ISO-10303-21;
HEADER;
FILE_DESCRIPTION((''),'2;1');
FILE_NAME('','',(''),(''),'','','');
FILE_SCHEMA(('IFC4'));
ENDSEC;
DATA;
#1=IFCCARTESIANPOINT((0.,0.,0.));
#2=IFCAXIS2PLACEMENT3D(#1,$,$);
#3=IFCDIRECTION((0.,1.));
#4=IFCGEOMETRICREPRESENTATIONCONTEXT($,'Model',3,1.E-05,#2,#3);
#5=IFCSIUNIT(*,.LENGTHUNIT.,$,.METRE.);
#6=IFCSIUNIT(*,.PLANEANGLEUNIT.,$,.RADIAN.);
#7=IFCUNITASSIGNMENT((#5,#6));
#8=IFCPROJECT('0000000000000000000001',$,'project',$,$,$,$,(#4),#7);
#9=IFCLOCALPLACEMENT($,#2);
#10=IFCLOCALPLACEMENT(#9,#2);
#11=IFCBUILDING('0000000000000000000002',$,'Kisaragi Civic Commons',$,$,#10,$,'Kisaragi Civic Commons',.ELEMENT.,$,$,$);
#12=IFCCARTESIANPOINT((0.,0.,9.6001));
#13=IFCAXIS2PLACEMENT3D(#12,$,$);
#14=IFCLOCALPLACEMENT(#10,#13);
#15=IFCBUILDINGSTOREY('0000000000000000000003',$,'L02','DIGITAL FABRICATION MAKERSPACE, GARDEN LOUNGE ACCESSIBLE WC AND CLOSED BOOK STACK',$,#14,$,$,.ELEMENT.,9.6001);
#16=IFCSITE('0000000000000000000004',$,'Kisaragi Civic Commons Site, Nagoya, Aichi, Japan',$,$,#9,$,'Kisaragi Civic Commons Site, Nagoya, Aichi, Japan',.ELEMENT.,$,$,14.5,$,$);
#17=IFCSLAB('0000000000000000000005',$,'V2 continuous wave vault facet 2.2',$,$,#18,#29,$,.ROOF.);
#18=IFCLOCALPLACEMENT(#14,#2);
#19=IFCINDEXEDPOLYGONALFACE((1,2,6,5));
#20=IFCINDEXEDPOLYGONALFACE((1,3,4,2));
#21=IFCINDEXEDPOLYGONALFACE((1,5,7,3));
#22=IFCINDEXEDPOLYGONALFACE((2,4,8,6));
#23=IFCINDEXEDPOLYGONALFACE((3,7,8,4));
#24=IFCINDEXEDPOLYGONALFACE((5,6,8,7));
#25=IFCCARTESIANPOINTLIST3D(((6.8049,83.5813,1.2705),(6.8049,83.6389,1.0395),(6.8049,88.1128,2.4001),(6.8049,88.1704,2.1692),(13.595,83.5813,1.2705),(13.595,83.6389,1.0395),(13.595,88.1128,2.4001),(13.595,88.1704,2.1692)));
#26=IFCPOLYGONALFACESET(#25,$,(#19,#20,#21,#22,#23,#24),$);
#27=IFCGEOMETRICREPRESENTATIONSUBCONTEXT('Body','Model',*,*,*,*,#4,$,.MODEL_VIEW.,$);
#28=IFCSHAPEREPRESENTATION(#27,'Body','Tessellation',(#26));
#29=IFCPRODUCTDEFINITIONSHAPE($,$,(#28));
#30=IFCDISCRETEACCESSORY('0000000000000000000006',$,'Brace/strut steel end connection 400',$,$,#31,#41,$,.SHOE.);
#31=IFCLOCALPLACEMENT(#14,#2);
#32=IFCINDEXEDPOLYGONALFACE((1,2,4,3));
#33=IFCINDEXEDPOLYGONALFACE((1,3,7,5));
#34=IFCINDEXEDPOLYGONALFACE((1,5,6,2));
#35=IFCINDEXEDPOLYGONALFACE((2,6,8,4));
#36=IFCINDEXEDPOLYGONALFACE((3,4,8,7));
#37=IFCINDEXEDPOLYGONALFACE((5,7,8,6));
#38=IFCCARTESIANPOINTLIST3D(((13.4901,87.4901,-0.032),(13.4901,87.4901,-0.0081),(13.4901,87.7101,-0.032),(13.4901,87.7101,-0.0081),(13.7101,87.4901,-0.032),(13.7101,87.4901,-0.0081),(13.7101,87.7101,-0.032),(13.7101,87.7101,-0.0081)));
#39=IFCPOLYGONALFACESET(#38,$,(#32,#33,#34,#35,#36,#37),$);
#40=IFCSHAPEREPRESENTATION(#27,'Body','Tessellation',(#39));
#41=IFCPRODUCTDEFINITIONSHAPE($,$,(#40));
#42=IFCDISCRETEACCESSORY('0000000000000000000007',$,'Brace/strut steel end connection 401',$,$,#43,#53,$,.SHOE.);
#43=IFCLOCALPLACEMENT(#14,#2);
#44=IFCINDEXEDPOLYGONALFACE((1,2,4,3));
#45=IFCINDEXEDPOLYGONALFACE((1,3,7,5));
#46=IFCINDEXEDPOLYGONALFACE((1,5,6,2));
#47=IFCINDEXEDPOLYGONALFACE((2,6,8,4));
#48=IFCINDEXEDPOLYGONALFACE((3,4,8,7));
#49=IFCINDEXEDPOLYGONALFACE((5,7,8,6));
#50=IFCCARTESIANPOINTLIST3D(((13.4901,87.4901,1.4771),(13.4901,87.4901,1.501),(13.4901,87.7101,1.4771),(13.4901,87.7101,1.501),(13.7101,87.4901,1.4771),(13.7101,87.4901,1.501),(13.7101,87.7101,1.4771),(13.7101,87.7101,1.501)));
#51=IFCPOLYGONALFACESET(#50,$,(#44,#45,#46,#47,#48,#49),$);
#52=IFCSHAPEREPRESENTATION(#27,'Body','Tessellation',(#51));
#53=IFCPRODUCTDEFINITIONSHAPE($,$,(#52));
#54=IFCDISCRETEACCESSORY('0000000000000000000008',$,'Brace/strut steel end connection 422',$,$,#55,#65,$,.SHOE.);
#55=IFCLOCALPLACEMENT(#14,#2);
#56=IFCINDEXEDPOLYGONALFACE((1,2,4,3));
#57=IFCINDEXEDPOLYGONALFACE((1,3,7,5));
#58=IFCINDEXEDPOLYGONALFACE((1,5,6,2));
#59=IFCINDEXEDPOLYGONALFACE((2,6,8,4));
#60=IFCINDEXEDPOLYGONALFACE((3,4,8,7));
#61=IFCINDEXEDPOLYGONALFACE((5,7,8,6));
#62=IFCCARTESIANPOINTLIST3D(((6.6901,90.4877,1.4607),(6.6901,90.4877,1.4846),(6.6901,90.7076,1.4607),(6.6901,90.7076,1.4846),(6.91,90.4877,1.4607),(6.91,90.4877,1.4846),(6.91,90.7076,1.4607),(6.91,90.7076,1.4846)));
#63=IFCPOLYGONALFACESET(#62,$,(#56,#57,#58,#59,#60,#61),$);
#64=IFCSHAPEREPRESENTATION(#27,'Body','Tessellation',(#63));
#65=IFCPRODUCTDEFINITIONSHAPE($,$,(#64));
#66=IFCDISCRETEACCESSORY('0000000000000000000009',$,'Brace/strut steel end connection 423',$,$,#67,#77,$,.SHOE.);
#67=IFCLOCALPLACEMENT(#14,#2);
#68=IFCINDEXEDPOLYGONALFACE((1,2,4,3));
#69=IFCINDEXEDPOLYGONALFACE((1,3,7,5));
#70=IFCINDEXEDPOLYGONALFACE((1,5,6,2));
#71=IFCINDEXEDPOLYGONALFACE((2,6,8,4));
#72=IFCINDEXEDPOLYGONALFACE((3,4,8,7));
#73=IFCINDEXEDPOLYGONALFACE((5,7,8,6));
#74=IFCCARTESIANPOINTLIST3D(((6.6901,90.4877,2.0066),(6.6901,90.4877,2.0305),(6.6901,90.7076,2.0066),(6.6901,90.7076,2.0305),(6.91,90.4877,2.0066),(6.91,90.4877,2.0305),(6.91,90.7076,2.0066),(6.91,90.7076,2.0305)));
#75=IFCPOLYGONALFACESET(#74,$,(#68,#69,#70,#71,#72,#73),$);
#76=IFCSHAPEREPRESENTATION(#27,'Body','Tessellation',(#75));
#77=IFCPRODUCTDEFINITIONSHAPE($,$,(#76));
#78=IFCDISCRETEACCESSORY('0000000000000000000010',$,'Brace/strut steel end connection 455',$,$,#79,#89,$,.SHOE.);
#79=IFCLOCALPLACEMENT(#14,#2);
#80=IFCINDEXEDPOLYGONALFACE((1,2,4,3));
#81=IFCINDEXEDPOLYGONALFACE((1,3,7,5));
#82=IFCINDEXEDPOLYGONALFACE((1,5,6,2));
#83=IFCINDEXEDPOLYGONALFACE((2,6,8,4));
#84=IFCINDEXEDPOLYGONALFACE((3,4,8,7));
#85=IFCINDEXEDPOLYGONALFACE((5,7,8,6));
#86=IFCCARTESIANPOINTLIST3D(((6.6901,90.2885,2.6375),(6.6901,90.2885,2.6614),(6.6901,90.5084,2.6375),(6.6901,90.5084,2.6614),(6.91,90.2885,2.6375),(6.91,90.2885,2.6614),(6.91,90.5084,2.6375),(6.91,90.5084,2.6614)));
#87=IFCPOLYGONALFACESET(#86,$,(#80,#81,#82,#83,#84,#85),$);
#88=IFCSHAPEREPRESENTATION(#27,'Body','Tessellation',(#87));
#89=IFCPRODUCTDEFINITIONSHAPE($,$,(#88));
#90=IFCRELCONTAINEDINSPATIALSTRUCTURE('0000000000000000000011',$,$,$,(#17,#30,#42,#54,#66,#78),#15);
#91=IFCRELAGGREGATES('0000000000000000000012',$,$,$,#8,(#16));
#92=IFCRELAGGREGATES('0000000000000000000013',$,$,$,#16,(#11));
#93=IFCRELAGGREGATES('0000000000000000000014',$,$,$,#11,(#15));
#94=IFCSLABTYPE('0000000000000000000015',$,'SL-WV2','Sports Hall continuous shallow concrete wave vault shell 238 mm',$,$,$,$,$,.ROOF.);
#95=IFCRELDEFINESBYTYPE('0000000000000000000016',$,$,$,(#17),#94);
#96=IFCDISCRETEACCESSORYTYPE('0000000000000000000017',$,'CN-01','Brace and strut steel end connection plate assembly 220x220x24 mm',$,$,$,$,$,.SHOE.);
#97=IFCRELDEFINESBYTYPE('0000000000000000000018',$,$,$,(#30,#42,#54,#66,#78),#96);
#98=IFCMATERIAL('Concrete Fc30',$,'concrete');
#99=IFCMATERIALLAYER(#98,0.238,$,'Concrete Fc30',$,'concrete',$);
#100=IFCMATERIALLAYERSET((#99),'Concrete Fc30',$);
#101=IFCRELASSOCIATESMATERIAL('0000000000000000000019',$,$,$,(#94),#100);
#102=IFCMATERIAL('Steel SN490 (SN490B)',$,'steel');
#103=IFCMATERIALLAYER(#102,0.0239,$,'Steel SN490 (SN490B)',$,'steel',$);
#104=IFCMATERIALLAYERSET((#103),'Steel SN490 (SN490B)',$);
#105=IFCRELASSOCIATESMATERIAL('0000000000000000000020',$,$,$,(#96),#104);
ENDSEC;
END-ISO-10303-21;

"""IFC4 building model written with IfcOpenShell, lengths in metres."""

from ifc_helpers import new_model, si_unit, direction, frame, origin, origin_2d, place, context, subcontext, project, spatial, polyline, rectangle, outline, extrude, material, layer, layer_set, type_object, element, save


model = new_model("IFC4")

# Units and contexts
model_context = context("Model", 3, precision=1e-05, world=origin(), true_north=direction((0.0, 1.0)))
body_context = subcontext(model_context, "Body", "Model", "MODEL_VIEW")
ifc_project = project(units=[si_unit("LENGTHUNIT", "METRE"), si_unit("PLANEANGLEUNIT", "RADIAN")], contexts=[model_context])

# Site, building, storey
site_placement = place(None, origin())
site = spatial("IfcSite", under=ifc_project, at=site_placement, Name="Kisaragi Civic Commons Site, Nagoya, Aichi, Japan", LongName="Kisaragi Civic Commons Site, Nagoya, Aichi, Japan", CompositionType="ELEMENT", RefElevation=14.5)
building_placement = place(site_placement, origin())
building = spatial("IfcBuilding", under=site, at=building_placement, Name="Kisaragi Civic Commons", LongName="Kisaragi Civic Commons", CompositionType="ELEMENT")
storey_placement = place(building_placement, frame((0.0, 0.0, 9.6001)))
storey = spatial("IfcBuildingStorey", under=building, at=storey_placement, Name="L02", Description="DIGITAL FABRICATION MAKERSPACE, GARDEN LOUNGE ACCESSIBLE WC AND CLOSED BOOK STACK", CompositionType="ELEMENT", Elevation=9.6001)

# Shared definitions
ifc_material_1 = material(Name="Steel SN490 (SN490B)", Category="steel")

# Slab
ifc_material_2 = material(Name="Concrete Fc30", Category="concrete")
ifc_layer_1 = layer(ifc_material_2, 0.238, Name="Concrete Fc30", Category="concrete")
ifc_layer_set_1 = layer_set([ifc_layer_1], Name="Concrete Fc30")
slab_type = type_object("IfcSlabType", Name="SL-WV2", Description="Sports Hall continuous shallow concrete wave vault shell 238 mm", PredefinedType="ROOF", material=ifc_layer_set_1)
slab_placement = place(storey_placement, frame((13.595, 88.1128, 2.4001), z_axis=(0.0, -0.241884, 0.970305), x_axis=(-1.0, 0.0, 0.0)))
element("IfcSlab", 1, at=slab_placement, inside=storey, type_object=slab_type, Name="V2 continuous wave vault facet 2.2", PredefinedType="ROOF", context=body_context, shape_type="SweptSolid", body=[
    extrude(outline(polyline([(0.0, 0.0), (6.79, 0.0), (6.79, 4.6702), (0.0, 4.6702), (0.0, 0.0)])), origin(), (0.0, 0.0, -1.0), 0.238),
])

# Discrete accessories
ifc_layer_2 = layer(ifc_material_1, 0.0239, Name="Steel SN490 (SN490B)", Category="steel")
ifc_layer_set_2 = layer_set([ifc_layer_2], Name="Steel SN490 (SN490B)")
discrete_accessory_type = type_object("IfcDiscreteAccessoryType", Name="CN-01", Description="Brace and strut steel end connection plate assembly 220x220x24 mm", PredefinedType="SHOE", material=ifc_layer_set_2)
for number, where, z_axis, x_axis, name in (
    (2, (13.6001, 87.6001, -0.032), (0.0, 0.0, 1.0), (1.0, 0.0, 0.0), "Brace/strut steel end connection 400"),
    (3, (13.6001, 87.6001, 1.4771), (0.0, 0.0, 1.0), (1.0, 0.0, 0.0), "Brace/strut steel end connection 401"),
    (4, (6.8, 90.5977, 1.4607), (0.0, 0.0, 1.0), (1.0, 0.0, 0.0), "Brace/strut steel end connection 422"),
    (5, (6.8, 90.5977, 2.0066), (0.0, 0.0, 1.0), (1.0, 0.0, 0.0), "Brace/strut steel end connection 423"),
    (6, (6.8, 90.3984, 2.6375), (0.0, 0.0, 1.0), (1.0, 0.0, 0.0), "Brace/strut steel end connection 455"),
):
    element("IfcDiscreteAccessory", number, at=place(storey_placement, frame(where, z_axis=z_axis, x_axis=x_axis)), inside=storey, type_object=discrete_accessory_type, Name=name, PredefinedType="SHOE", context=body_context, shape_type="SweptSolid", body=[
        extrude(rectangle(XDim=0.22, YDim=0.22, at=origin_2d()), origin(), (0.0, 0.0, 1.0), 0.0239),
    ])

save(model, "model.ifc")
